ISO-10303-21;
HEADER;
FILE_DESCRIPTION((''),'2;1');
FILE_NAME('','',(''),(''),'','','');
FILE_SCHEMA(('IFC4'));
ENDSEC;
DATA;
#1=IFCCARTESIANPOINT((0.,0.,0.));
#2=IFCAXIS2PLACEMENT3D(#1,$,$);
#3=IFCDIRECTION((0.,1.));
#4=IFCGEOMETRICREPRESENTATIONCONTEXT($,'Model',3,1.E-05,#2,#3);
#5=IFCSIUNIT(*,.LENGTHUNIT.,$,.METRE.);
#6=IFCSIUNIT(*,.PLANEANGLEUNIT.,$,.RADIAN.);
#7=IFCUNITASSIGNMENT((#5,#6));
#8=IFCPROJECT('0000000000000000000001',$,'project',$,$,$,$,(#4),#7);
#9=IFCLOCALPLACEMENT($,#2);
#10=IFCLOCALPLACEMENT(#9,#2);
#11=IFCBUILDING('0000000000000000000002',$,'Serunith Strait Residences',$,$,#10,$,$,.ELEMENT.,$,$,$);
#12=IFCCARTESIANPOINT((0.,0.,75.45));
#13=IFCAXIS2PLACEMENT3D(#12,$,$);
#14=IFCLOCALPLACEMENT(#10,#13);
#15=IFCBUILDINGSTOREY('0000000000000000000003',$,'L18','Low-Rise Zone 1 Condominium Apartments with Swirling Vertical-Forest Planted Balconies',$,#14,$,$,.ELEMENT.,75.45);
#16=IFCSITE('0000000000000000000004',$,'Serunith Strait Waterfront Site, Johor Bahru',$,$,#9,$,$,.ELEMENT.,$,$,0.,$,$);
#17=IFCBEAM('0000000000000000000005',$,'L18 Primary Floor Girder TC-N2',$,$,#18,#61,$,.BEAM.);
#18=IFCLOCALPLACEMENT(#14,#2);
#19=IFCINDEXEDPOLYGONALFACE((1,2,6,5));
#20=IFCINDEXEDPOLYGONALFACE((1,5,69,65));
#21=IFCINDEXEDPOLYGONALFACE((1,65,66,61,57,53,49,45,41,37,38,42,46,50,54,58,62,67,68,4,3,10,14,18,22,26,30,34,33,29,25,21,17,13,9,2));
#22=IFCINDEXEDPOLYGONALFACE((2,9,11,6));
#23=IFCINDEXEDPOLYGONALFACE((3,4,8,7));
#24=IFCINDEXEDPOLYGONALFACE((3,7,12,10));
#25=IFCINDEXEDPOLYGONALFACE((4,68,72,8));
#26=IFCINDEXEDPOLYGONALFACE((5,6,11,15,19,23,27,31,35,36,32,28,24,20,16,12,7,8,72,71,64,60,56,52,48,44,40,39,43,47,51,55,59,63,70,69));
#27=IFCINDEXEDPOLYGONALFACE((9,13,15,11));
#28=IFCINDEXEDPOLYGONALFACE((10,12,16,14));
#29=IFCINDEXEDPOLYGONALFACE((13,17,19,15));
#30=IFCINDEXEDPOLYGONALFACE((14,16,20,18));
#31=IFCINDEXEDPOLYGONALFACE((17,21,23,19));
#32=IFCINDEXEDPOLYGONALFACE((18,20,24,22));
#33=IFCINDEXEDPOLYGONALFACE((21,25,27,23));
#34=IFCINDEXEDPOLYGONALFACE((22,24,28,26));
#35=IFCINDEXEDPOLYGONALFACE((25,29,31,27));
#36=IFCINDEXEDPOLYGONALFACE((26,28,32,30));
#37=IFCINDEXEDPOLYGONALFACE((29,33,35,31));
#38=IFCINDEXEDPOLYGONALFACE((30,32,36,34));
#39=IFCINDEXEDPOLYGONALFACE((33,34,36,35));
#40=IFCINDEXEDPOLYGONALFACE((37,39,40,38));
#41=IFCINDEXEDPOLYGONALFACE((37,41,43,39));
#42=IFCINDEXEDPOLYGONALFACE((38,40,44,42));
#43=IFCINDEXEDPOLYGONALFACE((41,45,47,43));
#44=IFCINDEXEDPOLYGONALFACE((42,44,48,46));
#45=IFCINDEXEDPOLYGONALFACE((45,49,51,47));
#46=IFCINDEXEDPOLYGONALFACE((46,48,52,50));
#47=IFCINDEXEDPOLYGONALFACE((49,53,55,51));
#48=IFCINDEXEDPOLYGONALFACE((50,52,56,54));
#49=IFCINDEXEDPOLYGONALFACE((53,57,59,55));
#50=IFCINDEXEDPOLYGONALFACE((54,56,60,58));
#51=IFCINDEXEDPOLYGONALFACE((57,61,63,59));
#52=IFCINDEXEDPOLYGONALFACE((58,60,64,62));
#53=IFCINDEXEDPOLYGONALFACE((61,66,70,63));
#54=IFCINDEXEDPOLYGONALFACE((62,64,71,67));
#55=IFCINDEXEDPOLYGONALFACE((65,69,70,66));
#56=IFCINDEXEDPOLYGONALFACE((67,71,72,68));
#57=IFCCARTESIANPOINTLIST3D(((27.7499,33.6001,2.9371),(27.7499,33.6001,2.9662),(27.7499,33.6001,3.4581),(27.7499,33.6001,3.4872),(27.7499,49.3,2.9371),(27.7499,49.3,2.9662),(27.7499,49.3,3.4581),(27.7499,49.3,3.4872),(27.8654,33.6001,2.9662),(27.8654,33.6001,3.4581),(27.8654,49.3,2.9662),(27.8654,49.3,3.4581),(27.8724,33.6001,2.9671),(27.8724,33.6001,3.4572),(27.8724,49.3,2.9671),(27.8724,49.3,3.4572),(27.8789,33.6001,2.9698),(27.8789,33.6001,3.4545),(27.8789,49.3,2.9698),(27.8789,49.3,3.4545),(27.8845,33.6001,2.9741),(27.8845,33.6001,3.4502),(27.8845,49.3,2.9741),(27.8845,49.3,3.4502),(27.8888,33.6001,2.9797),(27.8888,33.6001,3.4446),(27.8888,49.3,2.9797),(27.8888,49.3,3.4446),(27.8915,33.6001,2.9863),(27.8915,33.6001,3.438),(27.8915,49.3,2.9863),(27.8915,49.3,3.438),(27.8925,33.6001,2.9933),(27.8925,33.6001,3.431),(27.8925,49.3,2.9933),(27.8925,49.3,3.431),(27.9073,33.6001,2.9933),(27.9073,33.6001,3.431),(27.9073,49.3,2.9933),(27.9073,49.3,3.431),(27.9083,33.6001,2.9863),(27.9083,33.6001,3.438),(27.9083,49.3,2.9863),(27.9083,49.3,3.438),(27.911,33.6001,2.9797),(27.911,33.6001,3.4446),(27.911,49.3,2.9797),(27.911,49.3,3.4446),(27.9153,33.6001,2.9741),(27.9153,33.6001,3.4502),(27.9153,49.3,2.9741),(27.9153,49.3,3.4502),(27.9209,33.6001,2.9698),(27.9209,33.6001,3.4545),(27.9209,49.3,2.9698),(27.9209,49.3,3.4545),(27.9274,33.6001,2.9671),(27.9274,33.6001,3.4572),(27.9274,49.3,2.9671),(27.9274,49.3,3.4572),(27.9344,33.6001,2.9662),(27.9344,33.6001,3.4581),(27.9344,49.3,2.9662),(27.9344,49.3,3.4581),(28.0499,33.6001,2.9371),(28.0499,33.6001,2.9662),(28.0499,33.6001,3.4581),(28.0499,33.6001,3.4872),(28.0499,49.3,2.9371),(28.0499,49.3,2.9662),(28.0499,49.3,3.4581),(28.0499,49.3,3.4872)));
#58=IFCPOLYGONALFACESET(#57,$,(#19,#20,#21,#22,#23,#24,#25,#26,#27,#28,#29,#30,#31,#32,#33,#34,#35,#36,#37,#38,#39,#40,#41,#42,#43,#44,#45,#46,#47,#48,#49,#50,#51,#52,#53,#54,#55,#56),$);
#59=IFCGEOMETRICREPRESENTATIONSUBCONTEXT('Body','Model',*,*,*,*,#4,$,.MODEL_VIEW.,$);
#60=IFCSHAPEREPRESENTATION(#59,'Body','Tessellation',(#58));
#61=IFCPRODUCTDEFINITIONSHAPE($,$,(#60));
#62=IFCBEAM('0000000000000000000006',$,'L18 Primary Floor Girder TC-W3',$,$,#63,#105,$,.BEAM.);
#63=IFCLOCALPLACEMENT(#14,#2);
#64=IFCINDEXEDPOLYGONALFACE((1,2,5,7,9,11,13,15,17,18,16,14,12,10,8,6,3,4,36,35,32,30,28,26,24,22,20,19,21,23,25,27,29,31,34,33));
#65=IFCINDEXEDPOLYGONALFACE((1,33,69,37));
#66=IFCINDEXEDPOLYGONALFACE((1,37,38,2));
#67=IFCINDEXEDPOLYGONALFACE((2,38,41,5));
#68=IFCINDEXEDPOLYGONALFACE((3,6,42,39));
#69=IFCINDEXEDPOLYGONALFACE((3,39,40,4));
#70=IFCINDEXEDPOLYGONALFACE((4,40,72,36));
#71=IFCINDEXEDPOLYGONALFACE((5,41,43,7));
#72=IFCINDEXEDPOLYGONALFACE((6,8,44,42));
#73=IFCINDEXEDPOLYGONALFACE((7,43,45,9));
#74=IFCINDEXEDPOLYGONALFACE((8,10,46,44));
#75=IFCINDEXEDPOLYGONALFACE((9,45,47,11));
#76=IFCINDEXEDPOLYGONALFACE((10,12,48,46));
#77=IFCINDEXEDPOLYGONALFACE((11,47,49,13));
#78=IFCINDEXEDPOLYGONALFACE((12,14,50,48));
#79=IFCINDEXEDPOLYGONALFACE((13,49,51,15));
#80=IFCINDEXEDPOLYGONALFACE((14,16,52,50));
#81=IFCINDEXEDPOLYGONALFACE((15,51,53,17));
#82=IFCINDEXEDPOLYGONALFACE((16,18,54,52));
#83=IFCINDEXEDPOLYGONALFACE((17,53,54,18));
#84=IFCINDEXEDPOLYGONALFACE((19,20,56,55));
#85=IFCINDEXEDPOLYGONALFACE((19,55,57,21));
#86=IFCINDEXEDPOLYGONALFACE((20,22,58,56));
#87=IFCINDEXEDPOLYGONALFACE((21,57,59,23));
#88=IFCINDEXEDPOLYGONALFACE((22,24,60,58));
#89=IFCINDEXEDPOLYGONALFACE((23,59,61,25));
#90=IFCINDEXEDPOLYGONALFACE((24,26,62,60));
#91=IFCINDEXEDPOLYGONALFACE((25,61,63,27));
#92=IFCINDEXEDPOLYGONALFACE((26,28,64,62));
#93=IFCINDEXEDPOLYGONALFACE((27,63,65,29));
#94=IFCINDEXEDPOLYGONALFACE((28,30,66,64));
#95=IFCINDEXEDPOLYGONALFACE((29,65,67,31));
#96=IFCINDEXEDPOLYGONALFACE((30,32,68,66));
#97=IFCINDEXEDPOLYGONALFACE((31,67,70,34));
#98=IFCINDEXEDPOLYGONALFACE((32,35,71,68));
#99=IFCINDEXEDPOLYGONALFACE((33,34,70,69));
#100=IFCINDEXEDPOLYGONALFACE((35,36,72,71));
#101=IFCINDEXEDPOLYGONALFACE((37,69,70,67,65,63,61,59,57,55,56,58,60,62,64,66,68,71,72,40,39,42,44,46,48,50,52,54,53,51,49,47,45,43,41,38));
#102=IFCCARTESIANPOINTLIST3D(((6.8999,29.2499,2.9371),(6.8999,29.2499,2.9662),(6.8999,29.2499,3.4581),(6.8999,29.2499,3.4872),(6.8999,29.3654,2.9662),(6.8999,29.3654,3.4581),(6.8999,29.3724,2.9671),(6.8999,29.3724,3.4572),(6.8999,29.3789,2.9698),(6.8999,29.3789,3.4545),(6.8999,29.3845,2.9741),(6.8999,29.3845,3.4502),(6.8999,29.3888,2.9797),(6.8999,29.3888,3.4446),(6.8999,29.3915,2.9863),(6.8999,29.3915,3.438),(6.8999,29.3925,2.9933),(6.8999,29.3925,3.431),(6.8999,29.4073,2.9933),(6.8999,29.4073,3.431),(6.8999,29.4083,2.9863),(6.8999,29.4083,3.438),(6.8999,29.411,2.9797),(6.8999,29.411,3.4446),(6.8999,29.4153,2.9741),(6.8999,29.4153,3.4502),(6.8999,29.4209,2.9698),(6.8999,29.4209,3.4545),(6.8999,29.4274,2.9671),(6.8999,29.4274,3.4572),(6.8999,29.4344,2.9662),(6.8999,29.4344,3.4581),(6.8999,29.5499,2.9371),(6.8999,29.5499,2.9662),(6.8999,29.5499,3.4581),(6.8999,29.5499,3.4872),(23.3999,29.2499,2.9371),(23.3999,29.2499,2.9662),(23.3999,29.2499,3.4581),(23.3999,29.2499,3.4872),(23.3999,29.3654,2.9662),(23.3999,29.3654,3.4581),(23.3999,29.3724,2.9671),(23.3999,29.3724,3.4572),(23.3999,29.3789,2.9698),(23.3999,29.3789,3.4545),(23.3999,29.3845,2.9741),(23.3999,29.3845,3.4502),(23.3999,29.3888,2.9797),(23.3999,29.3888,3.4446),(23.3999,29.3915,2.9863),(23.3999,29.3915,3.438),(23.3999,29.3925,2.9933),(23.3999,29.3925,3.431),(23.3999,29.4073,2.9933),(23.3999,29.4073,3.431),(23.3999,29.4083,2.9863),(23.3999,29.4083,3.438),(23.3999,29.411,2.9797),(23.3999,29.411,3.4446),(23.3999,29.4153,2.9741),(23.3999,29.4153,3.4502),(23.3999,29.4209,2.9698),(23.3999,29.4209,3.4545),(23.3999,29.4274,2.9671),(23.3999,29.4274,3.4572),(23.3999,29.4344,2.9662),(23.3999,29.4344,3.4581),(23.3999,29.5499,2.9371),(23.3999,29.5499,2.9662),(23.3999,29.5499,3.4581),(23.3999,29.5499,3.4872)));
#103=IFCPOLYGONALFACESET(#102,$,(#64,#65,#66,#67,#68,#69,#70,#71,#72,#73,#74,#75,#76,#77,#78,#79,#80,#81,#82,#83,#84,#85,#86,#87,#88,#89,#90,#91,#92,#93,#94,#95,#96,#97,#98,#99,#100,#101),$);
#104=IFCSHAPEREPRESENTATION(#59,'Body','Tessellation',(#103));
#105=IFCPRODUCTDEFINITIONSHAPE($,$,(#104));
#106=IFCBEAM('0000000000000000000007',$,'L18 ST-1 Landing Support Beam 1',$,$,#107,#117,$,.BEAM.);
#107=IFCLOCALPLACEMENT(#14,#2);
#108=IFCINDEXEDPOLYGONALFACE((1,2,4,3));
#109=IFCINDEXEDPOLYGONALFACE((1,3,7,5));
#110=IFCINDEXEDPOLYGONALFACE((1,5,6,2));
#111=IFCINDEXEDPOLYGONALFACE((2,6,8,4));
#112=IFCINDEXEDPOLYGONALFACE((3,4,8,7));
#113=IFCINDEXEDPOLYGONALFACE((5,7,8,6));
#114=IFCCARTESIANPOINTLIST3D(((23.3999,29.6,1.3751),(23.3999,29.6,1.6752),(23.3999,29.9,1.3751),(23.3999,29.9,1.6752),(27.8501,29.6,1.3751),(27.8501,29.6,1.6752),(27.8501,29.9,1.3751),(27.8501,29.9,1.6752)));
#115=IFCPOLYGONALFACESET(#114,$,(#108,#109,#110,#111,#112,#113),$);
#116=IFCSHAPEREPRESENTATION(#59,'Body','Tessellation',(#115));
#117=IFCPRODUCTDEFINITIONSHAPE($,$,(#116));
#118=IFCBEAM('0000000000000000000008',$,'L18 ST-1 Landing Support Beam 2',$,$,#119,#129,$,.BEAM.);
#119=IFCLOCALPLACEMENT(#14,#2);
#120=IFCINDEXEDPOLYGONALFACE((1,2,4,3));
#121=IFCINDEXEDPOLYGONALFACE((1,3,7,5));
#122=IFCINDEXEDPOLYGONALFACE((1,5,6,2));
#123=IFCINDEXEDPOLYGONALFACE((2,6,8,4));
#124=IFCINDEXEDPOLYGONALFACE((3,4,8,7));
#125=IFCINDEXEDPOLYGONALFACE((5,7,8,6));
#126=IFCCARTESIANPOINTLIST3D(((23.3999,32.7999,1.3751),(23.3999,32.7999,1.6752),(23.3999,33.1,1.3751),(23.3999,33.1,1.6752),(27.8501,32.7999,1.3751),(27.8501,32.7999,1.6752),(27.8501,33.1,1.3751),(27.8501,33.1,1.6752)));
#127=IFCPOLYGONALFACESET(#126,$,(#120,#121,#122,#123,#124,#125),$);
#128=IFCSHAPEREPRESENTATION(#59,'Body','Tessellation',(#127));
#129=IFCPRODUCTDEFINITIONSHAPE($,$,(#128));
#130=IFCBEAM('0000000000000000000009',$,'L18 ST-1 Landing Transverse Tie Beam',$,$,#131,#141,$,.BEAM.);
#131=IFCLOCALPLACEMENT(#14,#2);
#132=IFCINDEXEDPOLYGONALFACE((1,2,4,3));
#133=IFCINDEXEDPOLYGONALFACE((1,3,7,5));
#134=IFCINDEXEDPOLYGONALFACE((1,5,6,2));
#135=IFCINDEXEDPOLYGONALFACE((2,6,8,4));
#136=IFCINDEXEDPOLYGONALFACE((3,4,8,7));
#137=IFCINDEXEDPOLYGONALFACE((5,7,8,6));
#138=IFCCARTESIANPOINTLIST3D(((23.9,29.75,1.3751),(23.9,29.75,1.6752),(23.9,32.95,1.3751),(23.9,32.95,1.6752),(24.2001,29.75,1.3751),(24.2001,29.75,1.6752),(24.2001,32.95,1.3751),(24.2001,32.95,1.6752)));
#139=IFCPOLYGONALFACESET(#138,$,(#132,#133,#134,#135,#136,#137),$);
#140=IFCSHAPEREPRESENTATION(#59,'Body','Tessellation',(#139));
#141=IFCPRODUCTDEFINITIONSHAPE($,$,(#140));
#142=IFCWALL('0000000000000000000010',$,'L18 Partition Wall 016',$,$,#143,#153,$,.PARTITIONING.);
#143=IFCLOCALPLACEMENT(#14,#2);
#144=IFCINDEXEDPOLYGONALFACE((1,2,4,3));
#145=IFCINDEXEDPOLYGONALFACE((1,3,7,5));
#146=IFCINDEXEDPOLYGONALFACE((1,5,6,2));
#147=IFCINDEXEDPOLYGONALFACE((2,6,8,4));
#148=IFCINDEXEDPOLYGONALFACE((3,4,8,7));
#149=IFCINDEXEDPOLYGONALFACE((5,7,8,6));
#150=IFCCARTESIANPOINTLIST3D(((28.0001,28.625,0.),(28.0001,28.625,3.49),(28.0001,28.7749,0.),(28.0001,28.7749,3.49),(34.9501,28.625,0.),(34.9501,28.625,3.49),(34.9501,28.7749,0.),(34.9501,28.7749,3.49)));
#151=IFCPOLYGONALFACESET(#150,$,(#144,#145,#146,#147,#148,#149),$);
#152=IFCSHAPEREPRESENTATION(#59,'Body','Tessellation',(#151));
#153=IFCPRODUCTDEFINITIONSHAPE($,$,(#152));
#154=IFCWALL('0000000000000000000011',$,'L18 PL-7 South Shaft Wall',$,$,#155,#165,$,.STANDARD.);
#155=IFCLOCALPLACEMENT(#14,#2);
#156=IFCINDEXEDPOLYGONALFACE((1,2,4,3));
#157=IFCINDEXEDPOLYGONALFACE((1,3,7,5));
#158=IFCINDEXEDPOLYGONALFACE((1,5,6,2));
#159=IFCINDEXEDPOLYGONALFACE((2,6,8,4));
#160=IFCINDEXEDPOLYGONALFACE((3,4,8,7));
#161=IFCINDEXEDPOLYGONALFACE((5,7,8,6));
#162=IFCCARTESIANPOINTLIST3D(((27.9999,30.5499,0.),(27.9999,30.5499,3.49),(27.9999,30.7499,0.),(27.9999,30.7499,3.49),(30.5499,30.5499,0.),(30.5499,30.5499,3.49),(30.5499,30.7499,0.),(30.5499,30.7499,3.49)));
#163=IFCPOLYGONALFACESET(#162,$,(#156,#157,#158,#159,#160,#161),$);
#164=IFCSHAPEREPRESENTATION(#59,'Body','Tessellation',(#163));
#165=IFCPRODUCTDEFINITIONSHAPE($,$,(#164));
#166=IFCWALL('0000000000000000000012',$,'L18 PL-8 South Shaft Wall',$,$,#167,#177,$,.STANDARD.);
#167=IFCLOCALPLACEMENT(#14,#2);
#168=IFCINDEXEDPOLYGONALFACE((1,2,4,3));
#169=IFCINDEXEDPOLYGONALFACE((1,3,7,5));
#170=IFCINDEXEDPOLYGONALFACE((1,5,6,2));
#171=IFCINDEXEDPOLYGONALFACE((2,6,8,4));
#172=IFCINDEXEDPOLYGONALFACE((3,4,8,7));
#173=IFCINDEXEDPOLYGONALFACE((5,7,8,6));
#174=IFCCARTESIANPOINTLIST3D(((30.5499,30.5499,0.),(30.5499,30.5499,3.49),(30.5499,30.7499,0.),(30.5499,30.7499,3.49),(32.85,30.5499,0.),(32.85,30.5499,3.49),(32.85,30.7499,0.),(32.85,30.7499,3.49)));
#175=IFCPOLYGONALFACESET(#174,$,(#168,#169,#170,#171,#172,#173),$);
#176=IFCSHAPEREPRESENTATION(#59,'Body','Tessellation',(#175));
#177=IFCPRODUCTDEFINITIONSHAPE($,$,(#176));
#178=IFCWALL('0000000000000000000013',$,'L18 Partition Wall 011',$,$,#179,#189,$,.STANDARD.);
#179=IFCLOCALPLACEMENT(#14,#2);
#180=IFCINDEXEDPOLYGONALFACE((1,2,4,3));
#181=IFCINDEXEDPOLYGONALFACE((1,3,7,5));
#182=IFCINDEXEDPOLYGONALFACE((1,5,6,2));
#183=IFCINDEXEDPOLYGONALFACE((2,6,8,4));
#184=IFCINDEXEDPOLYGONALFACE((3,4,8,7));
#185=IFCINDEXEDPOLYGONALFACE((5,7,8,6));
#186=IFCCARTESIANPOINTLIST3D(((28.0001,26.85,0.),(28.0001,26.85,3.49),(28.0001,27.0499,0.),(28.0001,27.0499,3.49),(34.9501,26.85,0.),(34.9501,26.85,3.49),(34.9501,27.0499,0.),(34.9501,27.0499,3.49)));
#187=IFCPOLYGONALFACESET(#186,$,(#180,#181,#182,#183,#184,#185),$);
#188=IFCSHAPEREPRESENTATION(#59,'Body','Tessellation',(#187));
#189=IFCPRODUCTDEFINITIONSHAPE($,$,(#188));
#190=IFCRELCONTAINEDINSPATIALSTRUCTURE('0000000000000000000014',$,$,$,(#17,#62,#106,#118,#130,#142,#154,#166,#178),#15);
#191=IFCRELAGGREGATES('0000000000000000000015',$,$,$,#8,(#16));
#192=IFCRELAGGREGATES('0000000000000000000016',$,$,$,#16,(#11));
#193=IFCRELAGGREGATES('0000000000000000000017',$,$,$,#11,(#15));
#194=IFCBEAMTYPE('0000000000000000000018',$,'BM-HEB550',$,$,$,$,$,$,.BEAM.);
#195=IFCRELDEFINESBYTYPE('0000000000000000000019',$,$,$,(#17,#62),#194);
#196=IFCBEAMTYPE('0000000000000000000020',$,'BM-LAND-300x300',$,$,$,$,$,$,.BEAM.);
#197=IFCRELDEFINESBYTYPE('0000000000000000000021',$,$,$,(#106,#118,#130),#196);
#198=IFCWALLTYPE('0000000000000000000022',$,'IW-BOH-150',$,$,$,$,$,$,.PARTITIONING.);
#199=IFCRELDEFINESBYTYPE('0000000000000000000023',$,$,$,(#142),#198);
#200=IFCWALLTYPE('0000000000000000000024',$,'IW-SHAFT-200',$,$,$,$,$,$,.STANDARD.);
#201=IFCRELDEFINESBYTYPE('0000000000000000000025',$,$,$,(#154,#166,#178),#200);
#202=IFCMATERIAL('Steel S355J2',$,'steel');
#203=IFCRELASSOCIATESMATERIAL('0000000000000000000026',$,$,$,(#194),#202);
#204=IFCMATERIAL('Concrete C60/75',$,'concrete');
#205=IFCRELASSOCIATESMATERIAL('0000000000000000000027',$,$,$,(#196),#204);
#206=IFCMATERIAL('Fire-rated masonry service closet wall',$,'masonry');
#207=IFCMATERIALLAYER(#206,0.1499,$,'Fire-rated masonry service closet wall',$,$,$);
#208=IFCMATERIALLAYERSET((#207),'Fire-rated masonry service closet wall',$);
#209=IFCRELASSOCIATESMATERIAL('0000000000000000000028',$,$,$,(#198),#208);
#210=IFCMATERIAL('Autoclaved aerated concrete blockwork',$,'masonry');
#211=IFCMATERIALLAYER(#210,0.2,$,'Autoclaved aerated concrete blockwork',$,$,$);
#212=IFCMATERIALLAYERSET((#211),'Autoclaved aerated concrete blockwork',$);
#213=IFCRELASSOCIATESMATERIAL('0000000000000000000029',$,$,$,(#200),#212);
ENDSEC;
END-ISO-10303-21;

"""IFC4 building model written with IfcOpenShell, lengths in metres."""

from ifc_helpers import new_model, si_unit, direction, frame, frame_2d, origin, origin_2d, place, context, subcontext, project, spatial, rectangle, i_section, extrude, source, transform, mapped, material, layer, layer_set, material_profile, profile_set, type_object, element, save


model = new_model("IFC4")

# Units and contexts
model_context = context("Model", 3, precision=1e-05, world=origin(), true_north=direction((0.0, 1.0)))
body_context = subcontext(model_context, "Body", "Model", "MODEL_VIEW")
ifc_project = project(units=[si_unit("LENGTHUNIT", "METRE"), si_unit("PLANEANGLEUNIT", "RADIAN")], contexts=[model_context])

# Site, building, storey
site_placement = place(None, origin())
site = spatial("IfcSite", under=ifc_project, at=site_placement, Name="Serunith Strait Waterfront Site, Johor Bahru", CompositionType="ELEMENT", RefElevation=0.0)
building_placement = place(site_placement, origin())
building = spatial("IfcBuilding", under=site, at=building_placement, Name="Serunith Strait Residences", CompositionType="ELEMENT")
storey_placement = place(building_placement, frame((0.0, 0.0, 75.45)))
storey = spatial("IfcBuildingStorey", under=building, at=storey_placement, Name="L18", Description="Low-Rise Zone 1 Condominium Apartments with Swirling Vertical-Forest Planted Balconies", CompositionType="ELEMENT", Elevation=75.45)

# Beams
ifc_material_1 = material(Name="Steel S355J2", Category="steel")
ifc_material_profile_1 = material_profile(ifc_material_1, i_section(OverallWidth=0.3, OverallDepth=0.55, WebThickness=0.0149, FlangeThickness=0.0291, FilletRadius=0.0271, at=origin_2d()), Name="HEB 550")
ifc_profile_set_1 = profile_set([ifc_material_profile_1], Name="Steel S355J2")
beam_type_1 = type_object("IfcBeamType", Name="BM-HEB550", PredefinedType="BEAM", material=ifc_profile_set_1)
shared_shape_1 = source(origin(), body_context, "Body", "SweptSolid", [
    extrude(i_section(OverallWidth=0.3, OverallDepth=0.55, WebThickness=0.0149, FlangeThickness=0.0291, FilletRadius=0.0271, at=origin_2d()), origin(), (0.0, 0.0, 1.0), 15.7),
])
beam_1_placement = place(storey_placement, frame((27.8999, 33.6001, 3.2122), z_axis=(0.0, 1.0, 0.0), x_axis=(-1.0, 0.0, 0.0)))
element("IfcBeam", 1, at=beam_1_placement, inside=storey, type_object=beam_type_1, Name="L18 Primary Floor Girder TC-N2", PredefinedType="BEAM", context=body_context, shape_type="MappedRepresentation", body=[
    mapped(shared_shape_1, transform((0.0, 0.0, 0.0), scale=1.0)),
])
shared_shape_2 = source(origin(), body_context, "Body", "SweptSolid", [
    extrude(i_section(OverallWidth=0.3, OverallDepth=0.55, WebThickness=0.0149, FlangeThickness=0.0291, FilletRadius=0.0271, at=origin_2d()), origin(), (0.0, 0.0, 1.0), 16.5),
])
beam_2_placement = place(storey_placement, frame((23.3999, 29.3999, 3.2122), z_axis=(-1.0, 0.0, 0.0), x_axis=(0.0, -1.0, 0.0)))
element("IfcBeam", 2, at=beam_2_placement, inside=storey, type_object=beam_type_1, Name="L18 Primary Floor Girder TC-W3", PredefinedType="BEAM", context=body_context, shape_type="MappedRepresentation", body=[
    mapped(shared_shape_2, transform((0.0, 0.0, 0.0), scale=1.0)),
])
ifc_material_2 = material(Name="Concrete C60/75", Category="concrete")
ifc_material_profile_2 = material_profile(ifc_material_2, rectangle(XDim=0.3, YDim=0.3, at=origin_2d()), Name="RC 300x300")
ifc_profile_set_2 = profile_set([ifc_material_profile_2], Name="Concrete C60/75")
beam_type_2 = type_object("IfcBeamType", Name="BM-LAND-300x300", PredefinedType="BEAM", material=ifc_profile_set_2)
shared_shape_3 = source(origin(), body_context, "Body", "SweptSolid", [
    extrude(rectangle(XDim=0.3, YDim=0.3, at=origin_2d()), origin(), (0.0, 0.0, 1.0), 4.4502),
])
for number, where, z_axis, x_axis, name in (
    (3, (23.3999, 29.75, 1.5251), (1.0, 0.0, 0.0), (0.0, 1.0, 0.0), "L18 ST-1 Landing Support Beam 1"),
    (4, (23.3999, 32.95, 1.5251), (1.0, 0.0, 0.0), (0.0, 1.0, 0.0), "L18 ST-1 Landing Support Beam 2"),
):
    element("IfcBeam", number, at=place(storey_placement, frame(where, z_axis=z_axis, x_axis=x_axis)), inside=storey, type_object=beam_type_2, Name=name, PredefinedType="BEAM", context=body_context, shape_type="MappedRepresentation", body=[
        mapped(shared_shape_3, transform((0.0, 0.0, 0.0), scale=1.0)),
    ])
shared_shape_4 = source(origin(), body_context, "Body", "SweptSolid", [
    extrude(rectangle(XDim=0.3, YDim=0.3, at=origin_2d()), origin(), (0.0, 0.0, 1.0), 3.2),
])
beam_3_placement = place(storey_placement, frame((24.05, 29.75, 1.5251), z_axis=(0.0, 1.0, 0.0), x_axis=(-1.0, 0.0, 0.0)))
element("IfcBeam", 5, at=beam_3_placement, inside=storey, type_object=beam_type_2, Name="L18 ST-1 Landing Transverse Tie Beam", PredefinedType="BEAM", context=body_context, shape_type="MappedRepresentation", body=[
    mapped(shared_shape_4, transform((0.0, 0.0, 0.0), scale=1.0)),
])

# Wall
ifc_material_3 = material(Name="Fire-rated masonry service closet wall", Category="masonry")
ifc_layer_1 = layer(ifc_material_3, 0.1499, Name="Fire-rated masonry service closet wall")
ifc_layer_set_1 = layer_set([ifc_layer_1], Name="Fire-rated masonry service closet wall")
wall_type_1 = type_object("IfcWallType", Name="IW-BOH-150", PredefinedType="PARTITIONING", material=ifc_layer_set_1)
wall_1_placement = place(storey_placement, frame((28.0, 28.7, 0.0), z_axis=(0.0, 0.0, 1.0), x_axis=(1.0, 0.0, 0.0)))
element("IfcWall", 6, at=wall_1_placement, inside=storey, type_object=wall_type_1, Name="L18 Partition Wall 016", PredefinedType="PARTITIONING", context=body_context, shape_type="SweptSolid", body=[
    extrude(rectangle(XDim=6.95, YDim=0.1499, at=frame_2d((3.4751, 0.0))), origin(), (0.0, 0.0, 1.0), 3.49),
])

# Shared definitions
ifc_material_4 = material(Name="Autoclaved aerated concrete blockwork", Category="masonry")
ifc_layer_2 = layer(ifc_material_4, 0.2, Name="Autoclaved aerated concrete blockwork")
ifc_layer_set_2 = layer_set([ifc_layer_2], Name="Autoclaved aerated concrete blockwork")
wall_type_2 = type_object("IfcWallType", Name="IW-SHAFT-200", PredefinedType="STANDARD", material=ifc_layer_set_2)

# Walls
wall_2_placement = place(storey_placement, frame((28.0, 30.6499, 0.0), z_axis=(0.0, 0.0, 1.0), x_axis=(1.0, 0.0, 0.0)))
element("IfcWall", 7, at=wall_2_placement, inside=storey, type_object=wall_type_2, Name="L18 PL-7 South Shaft Wall", PredefinedType="STANDARD", context=body_context, shape_type="SweptSolid", body=[
    extrude(rectangle(XDim=2.55, YDim=0.2, at=frame_2d((1.2749, 0.0))), origin(), (0.0, 0.0, 1.0), 3.49),
])
wall_3_placement = place(storey_placement, frame((30.55, 30.6499, 0.0), z_axis=(0.0, 0.0, 1.0), x_axis=(1.0, 0.0, 0.0)))
element("IfcWall", 8, at=wall_3_placement, inside=storey, type_object=wall_type_2, Name="L18 PL-8 South Shaft Wall", PredefinedType="STANDARD", context=body_context, shape_type="SweptSolid", body=[
    extrude(rectangle(XDim=2.3, YDim=0.2, at=frame_2d((1.1499, 0.0))), origin(), (0.0, 0.0, 1.0), 3.49),
])
wall_4_placement = place(storey_placement, frame((28.0, 26.95, 0.0), z_axis=(0.0, 0.0, 1.0), x_axis=(1.0, 0.0, 0.0)))
element("IfcWall", 9, at=wall_4_placement, inside=storey, type_object=wall_type_2, Name="L18 Partition Wall 011", PredefinedType="STANDARD", context=body_context, shape_type="SweptSolid", body=[
    extrude(rectangle(XDim=6.95, YDim=0.2, at=frame_2d((3.4751, 0.0))), origin(), (0.0, 0.0, 1.0), 3.49),
])

save(model, "model.ifc")
